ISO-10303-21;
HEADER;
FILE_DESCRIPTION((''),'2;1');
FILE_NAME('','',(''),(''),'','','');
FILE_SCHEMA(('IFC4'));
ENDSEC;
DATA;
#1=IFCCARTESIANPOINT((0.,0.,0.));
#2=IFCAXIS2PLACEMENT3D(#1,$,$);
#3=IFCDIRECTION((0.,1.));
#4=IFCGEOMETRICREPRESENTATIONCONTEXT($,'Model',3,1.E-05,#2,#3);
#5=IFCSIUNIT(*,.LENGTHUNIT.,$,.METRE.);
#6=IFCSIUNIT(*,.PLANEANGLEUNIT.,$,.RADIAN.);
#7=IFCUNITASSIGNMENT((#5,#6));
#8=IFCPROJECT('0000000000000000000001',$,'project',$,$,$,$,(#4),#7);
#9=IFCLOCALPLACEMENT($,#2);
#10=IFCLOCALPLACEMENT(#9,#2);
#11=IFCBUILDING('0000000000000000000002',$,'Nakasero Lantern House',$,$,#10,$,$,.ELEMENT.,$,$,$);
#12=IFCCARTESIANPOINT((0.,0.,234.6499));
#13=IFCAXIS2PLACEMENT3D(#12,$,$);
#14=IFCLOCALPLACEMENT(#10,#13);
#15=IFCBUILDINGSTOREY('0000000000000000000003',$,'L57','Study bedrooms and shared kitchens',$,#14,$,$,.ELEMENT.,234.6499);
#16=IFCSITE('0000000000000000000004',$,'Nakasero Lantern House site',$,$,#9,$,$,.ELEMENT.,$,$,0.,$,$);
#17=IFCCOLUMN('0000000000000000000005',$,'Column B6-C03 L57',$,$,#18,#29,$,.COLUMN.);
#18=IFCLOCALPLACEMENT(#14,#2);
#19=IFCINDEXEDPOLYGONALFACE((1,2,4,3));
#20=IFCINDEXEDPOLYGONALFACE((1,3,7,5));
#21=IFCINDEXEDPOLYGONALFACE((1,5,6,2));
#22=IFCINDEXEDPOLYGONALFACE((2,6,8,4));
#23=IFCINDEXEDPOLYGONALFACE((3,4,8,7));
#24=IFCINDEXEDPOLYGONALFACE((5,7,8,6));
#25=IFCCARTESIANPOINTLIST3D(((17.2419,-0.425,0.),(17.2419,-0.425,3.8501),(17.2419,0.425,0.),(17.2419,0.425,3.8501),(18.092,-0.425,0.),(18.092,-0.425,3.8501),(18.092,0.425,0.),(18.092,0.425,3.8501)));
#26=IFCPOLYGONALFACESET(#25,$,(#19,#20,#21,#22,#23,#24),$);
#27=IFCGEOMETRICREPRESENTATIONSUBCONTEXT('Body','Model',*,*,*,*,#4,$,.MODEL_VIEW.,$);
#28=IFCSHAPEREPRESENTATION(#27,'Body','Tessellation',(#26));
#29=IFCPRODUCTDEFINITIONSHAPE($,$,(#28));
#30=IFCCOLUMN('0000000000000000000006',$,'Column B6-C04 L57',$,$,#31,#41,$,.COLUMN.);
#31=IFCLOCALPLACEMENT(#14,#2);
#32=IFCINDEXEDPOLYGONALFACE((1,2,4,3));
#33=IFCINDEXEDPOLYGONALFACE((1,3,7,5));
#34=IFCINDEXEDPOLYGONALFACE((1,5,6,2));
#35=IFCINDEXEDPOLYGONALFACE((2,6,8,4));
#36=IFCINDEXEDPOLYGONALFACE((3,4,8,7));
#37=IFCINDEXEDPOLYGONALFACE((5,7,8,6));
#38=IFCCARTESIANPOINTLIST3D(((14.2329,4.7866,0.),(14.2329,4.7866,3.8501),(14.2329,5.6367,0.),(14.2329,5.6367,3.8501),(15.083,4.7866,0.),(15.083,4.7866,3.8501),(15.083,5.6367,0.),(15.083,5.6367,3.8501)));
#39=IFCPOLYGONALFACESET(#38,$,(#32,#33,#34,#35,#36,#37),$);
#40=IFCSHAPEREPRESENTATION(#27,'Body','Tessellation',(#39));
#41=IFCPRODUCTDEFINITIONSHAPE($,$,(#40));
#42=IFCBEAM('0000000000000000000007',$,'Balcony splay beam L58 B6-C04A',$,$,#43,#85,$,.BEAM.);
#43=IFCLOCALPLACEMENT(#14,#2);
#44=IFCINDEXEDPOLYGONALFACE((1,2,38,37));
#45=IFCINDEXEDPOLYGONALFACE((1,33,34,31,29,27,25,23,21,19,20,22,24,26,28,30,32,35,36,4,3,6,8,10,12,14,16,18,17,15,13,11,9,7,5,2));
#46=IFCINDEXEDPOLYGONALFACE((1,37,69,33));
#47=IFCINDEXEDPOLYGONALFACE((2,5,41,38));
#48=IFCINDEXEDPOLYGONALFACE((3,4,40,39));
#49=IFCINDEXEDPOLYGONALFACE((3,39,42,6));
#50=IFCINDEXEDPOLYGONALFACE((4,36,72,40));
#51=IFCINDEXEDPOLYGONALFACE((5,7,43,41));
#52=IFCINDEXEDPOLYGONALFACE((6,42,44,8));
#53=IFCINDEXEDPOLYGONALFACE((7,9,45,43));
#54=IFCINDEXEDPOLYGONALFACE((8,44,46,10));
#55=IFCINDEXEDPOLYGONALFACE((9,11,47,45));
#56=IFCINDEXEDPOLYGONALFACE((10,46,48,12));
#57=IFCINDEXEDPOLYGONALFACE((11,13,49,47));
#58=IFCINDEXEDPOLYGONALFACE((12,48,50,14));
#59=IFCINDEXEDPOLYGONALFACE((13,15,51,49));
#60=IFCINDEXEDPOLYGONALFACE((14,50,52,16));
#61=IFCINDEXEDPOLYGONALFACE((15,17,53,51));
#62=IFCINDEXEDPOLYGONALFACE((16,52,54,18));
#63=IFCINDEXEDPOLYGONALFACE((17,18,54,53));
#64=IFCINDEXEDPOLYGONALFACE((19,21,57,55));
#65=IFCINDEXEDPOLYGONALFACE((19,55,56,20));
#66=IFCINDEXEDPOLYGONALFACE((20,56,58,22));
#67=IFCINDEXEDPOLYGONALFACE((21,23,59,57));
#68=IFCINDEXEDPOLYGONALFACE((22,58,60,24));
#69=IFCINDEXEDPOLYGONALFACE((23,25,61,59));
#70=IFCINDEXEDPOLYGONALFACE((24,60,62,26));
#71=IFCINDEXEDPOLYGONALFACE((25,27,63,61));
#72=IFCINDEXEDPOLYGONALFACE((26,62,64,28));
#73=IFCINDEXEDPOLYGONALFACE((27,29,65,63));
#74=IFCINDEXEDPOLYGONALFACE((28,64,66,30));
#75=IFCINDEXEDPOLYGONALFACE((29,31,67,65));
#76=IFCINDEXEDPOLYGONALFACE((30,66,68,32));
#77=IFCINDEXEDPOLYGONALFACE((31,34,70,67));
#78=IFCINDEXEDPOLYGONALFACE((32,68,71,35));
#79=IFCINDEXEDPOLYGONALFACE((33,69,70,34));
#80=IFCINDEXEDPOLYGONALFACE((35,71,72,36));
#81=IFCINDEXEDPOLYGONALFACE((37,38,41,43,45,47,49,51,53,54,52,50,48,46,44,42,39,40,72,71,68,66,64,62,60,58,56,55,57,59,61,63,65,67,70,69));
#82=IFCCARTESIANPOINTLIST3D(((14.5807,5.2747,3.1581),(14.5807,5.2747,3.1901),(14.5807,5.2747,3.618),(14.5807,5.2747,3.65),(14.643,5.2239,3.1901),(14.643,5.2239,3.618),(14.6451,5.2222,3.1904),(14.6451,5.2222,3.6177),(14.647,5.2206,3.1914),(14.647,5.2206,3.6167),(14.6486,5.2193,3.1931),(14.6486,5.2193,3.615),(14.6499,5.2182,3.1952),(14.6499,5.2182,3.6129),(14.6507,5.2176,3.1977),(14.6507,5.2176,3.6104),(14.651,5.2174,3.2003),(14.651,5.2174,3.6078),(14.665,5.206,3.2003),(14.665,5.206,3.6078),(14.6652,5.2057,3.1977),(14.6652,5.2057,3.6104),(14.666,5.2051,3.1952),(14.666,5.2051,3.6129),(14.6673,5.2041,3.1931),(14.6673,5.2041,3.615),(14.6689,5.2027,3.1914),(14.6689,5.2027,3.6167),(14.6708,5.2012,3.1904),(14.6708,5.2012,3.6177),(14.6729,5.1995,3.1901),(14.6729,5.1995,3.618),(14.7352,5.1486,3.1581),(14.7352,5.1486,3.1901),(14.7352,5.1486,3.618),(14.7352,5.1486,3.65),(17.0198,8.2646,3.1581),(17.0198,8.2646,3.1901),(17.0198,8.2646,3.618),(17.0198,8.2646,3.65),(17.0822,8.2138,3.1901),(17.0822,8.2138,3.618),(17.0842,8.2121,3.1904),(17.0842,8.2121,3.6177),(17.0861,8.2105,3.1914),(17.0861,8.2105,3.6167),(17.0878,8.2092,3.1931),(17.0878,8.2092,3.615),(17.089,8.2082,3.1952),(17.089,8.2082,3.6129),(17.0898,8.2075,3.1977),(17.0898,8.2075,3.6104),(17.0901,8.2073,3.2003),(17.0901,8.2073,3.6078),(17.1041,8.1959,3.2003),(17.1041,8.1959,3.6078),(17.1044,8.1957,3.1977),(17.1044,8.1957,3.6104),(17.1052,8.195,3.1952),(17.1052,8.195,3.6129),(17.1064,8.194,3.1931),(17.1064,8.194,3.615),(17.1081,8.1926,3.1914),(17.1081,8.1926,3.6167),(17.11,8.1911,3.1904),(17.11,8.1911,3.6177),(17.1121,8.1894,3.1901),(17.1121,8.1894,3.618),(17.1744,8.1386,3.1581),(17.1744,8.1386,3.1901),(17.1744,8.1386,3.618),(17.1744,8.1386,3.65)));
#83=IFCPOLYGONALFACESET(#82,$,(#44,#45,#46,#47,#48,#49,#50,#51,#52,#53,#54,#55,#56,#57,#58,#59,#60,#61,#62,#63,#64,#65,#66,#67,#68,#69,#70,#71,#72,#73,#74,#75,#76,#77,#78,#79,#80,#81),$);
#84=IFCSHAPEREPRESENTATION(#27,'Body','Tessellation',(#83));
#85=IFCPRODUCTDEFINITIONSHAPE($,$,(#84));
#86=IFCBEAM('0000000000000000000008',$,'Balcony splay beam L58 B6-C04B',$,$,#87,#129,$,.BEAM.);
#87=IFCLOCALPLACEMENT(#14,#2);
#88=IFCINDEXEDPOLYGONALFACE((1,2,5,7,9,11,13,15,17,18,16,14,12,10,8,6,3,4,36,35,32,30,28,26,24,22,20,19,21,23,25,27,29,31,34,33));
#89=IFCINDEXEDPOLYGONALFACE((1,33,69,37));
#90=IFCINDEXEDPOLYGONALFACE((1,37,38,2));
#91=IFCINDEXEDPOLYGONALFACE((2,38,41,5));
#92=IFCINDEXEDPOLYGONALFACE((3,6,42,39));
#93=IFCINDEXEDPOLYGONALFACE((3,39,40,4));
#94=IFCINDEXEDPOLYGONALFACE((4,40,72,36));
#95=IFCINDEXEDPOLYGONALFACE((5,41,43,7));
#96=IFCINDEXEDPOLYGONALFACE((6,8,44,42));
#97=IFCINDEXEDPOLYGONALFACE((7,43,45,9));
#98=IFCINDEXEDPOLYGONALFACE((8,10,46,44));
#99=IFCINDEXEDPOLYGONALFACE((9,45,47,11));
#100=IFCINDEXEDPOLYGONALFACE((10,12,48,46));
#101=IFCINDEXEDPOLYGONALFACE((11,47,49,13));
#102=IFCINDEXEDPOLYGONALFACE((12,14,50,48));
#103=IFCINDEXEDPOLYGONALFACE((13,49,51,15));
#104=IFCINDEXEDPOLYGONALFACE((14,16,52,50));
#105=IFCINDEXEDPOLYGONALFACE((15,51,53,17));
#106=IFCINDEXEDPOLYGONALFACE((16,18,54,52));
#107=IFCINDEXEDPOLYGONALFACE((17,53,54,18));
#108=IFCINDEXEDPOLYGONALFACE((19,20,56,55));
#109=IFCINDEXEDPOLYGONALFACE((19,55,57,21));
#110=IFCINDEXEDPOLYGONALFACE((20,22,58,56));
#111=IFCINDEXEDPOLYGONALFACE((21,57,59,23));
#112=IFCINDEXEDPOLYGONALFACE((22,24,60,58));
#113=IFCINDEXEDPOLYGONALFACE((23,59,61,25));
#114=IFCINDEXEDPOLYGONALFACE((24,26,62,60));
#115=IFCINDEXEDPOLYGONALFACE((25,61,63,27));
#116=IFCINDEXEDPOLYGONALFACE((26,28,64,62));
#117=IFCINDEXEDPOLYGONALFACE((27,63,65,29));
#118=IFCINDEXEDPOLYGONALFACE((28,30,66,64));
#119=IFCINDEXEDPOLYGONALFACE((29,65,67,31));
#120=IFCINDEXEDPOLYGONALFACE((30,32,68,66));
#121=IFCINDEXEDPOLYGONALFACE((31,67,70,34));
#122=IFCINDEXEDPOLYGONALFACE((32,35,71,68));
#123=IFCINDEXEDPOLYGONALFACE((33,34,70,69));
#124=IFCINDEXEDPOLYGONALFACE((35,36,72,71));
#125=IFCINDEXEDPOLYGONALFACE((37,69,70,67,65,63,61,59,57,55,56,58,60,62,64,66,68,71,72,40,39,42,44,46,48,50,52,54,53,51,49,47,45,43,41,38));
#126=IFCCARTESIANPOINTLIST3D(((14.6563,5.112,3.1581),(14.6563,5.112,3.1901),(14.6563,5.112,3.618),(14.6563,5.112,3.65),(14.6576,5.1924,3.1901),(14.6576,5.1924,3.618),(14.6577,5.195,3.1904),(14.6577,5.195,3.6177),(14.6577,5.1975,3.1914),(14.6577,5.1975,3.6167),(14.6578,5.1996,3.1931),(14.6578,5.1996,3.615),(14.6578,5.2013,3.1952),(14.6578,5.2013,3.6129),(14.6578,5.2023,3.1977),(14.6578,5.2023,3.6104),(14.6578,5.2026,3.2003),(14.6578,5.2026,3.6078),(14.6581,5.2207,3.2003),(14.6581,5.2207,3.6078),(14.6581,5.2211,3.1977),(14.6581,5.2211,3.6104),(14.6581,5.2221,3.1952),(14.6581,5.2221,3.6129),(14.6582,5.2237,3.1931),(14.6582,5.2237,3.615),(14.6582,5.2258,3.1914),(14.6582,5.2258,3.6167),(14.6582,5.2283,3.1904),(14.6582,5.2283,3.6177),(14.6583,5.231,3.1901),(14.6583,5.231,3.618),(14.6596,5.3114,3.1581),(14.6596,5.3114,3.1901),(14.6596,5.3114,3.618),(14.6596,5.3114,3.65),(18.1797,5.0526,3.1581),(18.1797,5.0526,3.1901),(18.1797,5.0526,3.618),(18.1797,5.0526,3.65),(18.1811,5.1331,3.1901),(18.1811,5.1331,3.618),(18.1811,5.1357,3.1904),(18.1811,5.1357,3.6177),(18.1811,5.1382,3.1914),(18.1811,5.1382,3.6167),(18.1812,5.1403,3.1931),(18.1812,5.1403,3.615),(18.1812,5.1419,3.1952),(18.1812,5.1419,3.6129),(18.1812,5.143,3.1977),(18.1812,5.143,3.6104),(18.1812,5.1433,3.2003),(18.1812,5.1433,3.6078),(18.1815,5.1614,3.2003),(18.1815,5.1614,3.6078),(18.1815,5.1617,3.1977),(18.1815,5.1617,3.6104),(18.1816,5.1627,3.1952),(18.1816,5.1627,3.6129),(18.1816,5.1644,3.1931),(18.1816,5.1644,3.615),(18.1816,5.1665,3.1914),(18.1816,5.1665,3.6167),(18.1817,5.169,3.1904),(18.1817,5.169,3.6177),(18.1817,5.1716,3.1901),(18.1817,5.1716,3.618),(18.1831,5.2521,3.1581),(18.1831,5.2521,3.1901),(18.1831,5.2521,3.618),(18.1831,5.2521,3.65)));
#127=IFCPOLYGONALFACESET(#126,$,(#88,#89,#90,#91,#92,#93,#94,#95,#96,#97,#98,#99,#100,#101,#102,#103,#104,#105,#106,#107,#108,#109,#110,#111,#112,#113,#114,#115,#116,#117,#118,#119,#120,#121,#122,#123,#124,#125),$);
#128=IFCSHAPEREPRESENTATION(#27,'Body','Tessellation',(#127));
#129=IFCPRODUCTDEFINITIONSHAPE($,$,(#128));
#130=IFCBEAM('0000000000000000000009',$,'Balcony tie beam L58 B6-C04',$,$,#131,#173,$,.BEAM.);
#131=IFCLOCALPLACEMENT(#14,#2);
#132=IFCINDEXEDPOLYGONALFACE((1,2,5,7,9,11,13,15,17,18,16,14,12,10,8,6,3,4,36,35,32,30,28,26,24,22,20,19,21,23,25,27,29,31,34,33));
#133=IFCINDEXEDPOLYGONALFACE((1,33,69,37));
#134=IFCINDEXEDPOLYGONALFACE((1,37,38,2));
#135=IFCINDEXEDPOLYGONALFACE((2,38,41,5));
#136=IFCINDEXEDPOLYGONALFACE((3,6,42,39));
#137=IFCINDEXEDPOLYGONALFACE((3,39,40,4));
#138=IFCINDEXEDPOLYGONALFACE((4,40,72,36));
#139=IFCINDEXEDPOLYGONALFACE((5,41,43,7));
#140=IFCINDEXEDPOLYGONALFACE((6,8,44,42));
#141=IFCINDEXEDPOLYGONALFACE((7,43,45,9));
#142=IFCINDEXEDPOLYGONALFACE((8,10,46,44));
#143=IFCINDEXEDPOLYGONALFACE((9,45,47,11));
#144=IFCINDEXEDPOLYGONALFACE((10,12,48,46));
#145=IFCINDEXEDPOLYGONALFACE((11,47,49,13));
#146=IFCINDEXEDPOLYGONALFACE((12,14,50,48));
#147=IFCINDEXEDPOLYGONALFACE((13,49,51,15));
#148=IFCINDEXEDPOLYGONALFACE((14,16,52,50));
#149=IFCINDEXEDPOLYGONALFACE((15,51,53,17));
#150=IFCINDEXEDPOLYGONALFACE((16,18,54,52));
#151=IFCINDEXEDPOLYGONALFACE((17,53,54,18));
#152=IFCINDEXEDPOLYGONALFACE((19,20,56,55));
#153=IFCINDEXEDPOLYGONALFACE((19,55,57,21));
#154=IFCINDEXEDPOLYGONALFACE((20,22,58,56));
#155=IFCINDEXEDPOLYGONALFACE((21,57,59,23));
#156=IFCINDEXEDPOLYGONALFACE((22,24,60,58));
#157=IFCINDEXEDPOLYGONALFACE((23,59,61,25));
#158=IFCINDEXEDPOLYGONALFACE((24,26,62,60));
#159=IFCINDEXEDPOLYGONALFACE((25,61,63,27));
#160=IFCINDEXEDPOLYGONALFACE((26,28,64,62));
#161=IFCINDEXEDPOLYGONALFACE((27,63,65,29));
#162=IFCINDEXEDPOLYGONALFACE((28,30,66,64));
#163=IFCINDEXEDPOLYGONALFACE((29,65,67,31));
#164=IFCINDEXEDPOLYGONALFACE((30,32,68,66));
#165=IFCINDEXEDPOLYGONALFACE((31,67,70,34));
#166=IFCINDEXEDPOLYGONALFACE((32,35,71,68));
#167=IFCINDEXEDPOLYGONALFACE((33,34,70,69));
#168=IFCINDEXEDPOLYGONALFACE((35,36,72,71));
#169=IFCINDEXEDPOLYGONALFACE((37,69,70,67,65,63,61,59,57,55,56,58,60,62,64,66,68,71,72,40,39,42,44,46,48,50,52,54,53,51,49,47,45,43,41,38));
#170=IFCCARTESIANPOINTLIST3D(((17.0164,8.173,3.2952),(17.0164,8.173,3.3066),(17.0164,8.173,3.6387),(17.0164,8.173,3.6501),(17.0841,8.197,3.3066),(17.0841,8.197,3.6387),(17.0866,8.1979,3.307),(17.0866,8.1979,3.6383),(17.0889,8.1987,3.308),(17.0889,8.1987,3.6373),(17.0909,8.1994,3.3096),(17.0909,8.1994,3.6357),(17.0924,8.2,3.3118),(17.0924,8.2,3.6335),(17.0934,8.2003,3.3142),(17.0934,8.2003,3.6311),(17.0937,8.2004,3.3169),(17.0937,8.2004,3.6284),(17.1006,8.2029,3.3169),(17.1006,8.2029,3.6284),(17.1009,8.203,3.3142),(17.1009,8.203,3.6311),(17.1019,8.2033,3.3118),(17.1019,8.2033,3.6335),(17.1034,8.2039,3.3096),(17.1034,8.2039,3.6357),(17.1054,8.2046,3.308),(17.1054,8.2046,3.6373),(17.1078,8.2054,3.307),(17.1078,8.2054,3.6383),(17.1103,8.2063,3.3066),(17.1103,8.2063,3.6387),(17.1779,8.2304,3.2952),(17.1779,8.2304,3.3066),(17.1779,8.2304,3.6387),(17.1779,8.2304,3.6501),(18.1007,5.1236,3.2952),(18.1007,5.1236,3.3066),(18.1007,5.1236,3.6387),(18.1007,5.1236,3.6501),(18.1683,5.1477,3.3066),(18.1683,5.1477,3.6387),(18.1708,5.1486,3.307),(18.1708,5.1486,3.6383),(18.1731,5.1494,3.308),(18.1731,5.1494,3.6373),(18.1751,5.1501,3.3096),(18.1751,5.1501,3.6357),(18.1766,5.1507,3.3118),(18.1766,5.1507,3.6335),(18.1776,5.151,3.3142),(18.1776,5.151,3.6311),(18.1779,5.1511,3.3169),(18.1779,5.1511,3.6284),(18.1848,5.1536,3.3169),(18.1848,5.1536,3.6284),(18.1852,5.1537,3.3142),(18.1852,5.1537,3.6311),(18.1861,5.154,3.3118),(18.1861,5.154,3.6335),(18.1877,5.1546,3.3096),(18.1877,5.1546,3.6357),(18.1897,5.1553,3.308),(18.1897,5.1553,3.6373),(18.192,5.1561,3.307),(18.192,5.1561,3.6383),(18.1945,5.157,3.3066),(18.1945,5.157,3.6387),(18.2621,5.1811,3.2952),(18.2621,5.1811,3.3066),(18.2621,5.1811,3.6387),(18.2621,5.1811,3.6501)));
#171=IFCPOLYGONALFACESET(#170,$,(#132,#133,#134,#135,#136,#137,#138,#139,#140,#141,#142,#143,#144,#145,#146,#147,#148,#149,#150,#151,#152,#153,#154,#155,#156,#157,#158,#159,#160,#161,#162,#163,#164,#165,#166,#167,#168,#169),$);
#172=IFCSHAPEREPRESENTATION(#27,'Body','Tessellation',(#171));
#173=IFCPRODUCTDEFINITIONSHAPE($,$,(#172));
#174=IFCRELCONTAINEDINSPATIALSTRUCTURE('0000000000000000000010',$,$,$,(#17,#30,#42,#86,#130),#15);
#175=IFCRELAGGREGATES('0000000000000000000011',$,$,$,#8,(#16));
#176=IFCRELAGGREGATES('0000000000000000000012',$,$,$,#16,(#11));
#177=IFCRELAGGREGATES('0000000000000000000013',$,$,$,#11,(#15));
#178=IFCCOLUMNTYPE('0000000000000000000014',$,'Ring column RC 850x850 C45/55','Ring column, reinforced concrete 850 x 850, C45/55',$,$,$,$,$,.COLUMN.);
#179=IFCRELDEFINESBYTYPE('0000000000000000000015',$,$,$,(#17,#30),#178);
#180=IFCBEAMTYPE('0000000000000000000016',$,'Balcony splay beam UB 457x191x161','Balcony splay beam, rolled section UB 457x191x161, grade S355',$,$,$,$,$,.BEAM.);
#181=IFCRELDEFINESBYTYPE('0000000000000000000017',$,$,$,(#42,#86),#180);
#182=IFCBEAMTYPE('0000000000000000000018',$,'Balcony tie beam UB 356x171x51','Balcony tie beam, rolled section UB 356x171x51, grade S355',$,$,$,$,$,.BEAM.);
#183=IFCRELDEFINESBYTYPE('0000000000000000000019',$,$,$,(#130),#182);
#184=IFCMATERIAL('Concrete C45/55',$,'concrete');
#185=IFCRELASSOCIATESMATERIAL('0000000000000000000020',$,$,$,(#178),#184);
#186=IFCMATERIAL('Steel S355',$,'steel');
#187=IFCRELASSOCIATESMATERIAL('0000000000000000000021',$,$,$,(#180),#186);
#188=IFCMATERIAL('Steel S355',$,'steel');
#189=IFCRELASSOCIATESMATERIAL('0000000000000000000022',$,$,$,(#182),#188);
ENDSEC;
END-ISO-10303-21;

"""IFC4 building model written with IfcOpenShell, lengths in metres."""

from ifc_helpers import new_model, si_unit, direction, frame, origin, origin_2d, place, context, subcontext, project, spatial, rectangle, i_section, extrude, material, material_profile, profile_set, type_object, element, save


model = new_model("IFC4")

# Units and contexts
model_context = context("Model", 3, precision=1e-05, world=origin(), true_north=direction((0.0, 1.0)))
body_context = subcontext(model_context, "Body", "Model", "MODEL_VIEW")
ifc_project = project(units=[si_unit("LENGTHUNIT", "METRE"), si_unit("PLANEANGLEUNIT", "RADIAN")], contexts=[model_context])

# Site, building, storey
site_placement = place(None, origin())
site = spatial("IfcSite", under=ifc_project, at=site_placement, Name="Nakasero Lantern House site", CompositionType="ELEMENT", RefElevation=0.0)
building_placement = place(site_placement, origin())
building = spatial("IfcBuilding", under=site, at=building_placement, Name="Nakasero Lantern House", CompositionType="ELEMENT")
storey_placement = place(building_placement, frame((0.0, 0.0, 234.6499)))
storey = spatial("IfcBuildingStorey", under=building, at=storey_placement, Name="L57", Description="Study bedrooms and shared kitchens", CompositionType="ELEMENT", Elevation=234.6499)

# Columns
ifc_material_1 = material(Name="Concrete C45/55", Category="concrete")
ifc_material_profile_1 = material_profile(ifc_material_1, rectangle(XDim=0.8501, YDim=0.8501, at=origin_2d()), Name="RC 850x850")
ifc_profile_set_1 = profile_set([ifc_material_profile_1], Name="Concrete C45/55")
column_type = type_object("IfcColumnType", Name="Ring column RC 850x850 C45/55", Description="Ring column, reinforced concrete 850 x 850, C45/55", PredefinedType="COLUMN", material=ifc_profile_set_1)
for number, where, z_axis, x_axis, name in (
    (1, (17.667, 0.0, 0.0), (0.0, 0.0, 1.0), (1.0, 0.0, 0.0), "Column B6-C03 L57"),
    (2, (14.658, 5.2117, 0.0), (0.0, 0.0, 1.0), (1.0, 0.0, 0.0), "Column B6-C04 L57"),
):
    element("IfcColumn", number, at=place(storey_placement, frame(where, z_axis=z_axis, x_axis=x_axis)), inside=storey, type_object=column_type, Name=name, PredefinedType="COLUMN", context=body_context, shape_type="SweptSolid", body=[
        extrude(rectangle(XDim=0.8501, YDim=0.8501, at=origin_2d()), origin(), (0.0, 0.0, 1.0), 3.8501),
    ])

# Beams
ifc_material_2 = material(Name="Steel S355", Category="steel")
ifc_material_profile_2 = material_profile(ifc_material_2, i_section(OverallWidth=0.1995, OverallDepth=0.4919, WebThickness=0.0181, FlangeThickness=0.032, FilletRadius=0.0103, at=origin_2d()), Name="UB 457x191x161")
ifc_profile_set_2 = profile_set([ifc_material_profile_2], Name="Steel S355")
beam_type_1 = type_object("IfcBeamType", Name="Balcony splay beam UB 457x191x161", Description="Balcony splay beam, rolled section UB 457x191x161, grade S355", PredefinedType="BEAM", material=ifc_profile_set_2)
beam_1_placement = place(storey_placement, frame((14.658, 5.2117, 3.4041), z_axis=(0.632128, 0.774864, 0.0), x_axis=(-0.774864, 0.632128, 0.0)))
element("IfcBeam", 3, at=beam_1_placement, inside=storey, type_object=beam_type_1, Name="Balcony splay beam L58 B6-C04A", PredefinedType="BEAM", context=body_context, shape_type="SweptSolid", body=[
    extrude(i_section(OverallWidth=0.1995, OverallDepth=0.4919, WebThickness=0.0181, FlangeThickness=0.032, FilletRadius=0.0103, at=origin_2d()), origin(), (0.0, 0.0, 1.0), 3.8586),
])
beam_2_placement = place(storey_placement, frame((14.658, 5.2117, 3.4041), z_axis=(0.999858, -0.016835, 0.0), x_axis=(0.016835, 0.999858, 0.0)))
element("IfcBeam", 4, at=beam_2_placement, inside=storey, type_object=beam_type_1, Name="Balcony splay beam L58 B6-C04B", PredefinedType="BEAM", context=body_context, shape_type="SweptSolid", body=[
    extrude(i_section(OverallWidth=0.1995, OverallDepth=0.4919, WebThickness=0.0181, FlangeThickness=0.032, FilletRadius=0.0103, at=origin_2d()), origin(), (0.0, 0.0, 1.0), 3.5239),
])
ifc_material_3 = material(Name="Steel S355", Category="steel")
ifc_material_profile_3 = material_profile(ifc_material_3, i_section(OverallWidth=0.1714, OverallDepth=0.355, WebThickness=0.0073, FlangeThickness=0.0115, FilletRadius=0.0103, at=origin_2d()), Name="UB 356x171x51")
ifc_profile_set_3 = profile_set([ifc_material_profile_3], Name="Steel S355")
beam_type_2 = type_object("IfcBeamType", Name="Balcony tie beam UB 356x171x51", Description="Balcony tie beam, rolled section UB 356x171x51, grade S355", PredefinedType="BEAM", material=ifc_profile_set_3)
beam_3_placement = place(storey_placement, frame((17.0972, 8.2017, 3.4727), z_axis=(0.335017, -0.942212, 0.0), x_axis=(0.942212, 0.335017, 0.0)))
element("IfcBeam", 5, at=beam_3_placement, inside=storey, type_object=beam_type_2, Name="Balcony tie beam L58 B6-C04", PredefinedType="BEAM", context=body_context, shape_type="SweptSolid", body=[
    extrude(i_section(OverallWidth=0.1714, OverallDepth=0.355, WebThickness=0.0073, FlangeThickness=0.0115, FilletRadius=0.0103, at=origin_2d()), origin(), (0.0, 0.0, 1.0), 3.2363),
])

save(model, "model.ifc")
